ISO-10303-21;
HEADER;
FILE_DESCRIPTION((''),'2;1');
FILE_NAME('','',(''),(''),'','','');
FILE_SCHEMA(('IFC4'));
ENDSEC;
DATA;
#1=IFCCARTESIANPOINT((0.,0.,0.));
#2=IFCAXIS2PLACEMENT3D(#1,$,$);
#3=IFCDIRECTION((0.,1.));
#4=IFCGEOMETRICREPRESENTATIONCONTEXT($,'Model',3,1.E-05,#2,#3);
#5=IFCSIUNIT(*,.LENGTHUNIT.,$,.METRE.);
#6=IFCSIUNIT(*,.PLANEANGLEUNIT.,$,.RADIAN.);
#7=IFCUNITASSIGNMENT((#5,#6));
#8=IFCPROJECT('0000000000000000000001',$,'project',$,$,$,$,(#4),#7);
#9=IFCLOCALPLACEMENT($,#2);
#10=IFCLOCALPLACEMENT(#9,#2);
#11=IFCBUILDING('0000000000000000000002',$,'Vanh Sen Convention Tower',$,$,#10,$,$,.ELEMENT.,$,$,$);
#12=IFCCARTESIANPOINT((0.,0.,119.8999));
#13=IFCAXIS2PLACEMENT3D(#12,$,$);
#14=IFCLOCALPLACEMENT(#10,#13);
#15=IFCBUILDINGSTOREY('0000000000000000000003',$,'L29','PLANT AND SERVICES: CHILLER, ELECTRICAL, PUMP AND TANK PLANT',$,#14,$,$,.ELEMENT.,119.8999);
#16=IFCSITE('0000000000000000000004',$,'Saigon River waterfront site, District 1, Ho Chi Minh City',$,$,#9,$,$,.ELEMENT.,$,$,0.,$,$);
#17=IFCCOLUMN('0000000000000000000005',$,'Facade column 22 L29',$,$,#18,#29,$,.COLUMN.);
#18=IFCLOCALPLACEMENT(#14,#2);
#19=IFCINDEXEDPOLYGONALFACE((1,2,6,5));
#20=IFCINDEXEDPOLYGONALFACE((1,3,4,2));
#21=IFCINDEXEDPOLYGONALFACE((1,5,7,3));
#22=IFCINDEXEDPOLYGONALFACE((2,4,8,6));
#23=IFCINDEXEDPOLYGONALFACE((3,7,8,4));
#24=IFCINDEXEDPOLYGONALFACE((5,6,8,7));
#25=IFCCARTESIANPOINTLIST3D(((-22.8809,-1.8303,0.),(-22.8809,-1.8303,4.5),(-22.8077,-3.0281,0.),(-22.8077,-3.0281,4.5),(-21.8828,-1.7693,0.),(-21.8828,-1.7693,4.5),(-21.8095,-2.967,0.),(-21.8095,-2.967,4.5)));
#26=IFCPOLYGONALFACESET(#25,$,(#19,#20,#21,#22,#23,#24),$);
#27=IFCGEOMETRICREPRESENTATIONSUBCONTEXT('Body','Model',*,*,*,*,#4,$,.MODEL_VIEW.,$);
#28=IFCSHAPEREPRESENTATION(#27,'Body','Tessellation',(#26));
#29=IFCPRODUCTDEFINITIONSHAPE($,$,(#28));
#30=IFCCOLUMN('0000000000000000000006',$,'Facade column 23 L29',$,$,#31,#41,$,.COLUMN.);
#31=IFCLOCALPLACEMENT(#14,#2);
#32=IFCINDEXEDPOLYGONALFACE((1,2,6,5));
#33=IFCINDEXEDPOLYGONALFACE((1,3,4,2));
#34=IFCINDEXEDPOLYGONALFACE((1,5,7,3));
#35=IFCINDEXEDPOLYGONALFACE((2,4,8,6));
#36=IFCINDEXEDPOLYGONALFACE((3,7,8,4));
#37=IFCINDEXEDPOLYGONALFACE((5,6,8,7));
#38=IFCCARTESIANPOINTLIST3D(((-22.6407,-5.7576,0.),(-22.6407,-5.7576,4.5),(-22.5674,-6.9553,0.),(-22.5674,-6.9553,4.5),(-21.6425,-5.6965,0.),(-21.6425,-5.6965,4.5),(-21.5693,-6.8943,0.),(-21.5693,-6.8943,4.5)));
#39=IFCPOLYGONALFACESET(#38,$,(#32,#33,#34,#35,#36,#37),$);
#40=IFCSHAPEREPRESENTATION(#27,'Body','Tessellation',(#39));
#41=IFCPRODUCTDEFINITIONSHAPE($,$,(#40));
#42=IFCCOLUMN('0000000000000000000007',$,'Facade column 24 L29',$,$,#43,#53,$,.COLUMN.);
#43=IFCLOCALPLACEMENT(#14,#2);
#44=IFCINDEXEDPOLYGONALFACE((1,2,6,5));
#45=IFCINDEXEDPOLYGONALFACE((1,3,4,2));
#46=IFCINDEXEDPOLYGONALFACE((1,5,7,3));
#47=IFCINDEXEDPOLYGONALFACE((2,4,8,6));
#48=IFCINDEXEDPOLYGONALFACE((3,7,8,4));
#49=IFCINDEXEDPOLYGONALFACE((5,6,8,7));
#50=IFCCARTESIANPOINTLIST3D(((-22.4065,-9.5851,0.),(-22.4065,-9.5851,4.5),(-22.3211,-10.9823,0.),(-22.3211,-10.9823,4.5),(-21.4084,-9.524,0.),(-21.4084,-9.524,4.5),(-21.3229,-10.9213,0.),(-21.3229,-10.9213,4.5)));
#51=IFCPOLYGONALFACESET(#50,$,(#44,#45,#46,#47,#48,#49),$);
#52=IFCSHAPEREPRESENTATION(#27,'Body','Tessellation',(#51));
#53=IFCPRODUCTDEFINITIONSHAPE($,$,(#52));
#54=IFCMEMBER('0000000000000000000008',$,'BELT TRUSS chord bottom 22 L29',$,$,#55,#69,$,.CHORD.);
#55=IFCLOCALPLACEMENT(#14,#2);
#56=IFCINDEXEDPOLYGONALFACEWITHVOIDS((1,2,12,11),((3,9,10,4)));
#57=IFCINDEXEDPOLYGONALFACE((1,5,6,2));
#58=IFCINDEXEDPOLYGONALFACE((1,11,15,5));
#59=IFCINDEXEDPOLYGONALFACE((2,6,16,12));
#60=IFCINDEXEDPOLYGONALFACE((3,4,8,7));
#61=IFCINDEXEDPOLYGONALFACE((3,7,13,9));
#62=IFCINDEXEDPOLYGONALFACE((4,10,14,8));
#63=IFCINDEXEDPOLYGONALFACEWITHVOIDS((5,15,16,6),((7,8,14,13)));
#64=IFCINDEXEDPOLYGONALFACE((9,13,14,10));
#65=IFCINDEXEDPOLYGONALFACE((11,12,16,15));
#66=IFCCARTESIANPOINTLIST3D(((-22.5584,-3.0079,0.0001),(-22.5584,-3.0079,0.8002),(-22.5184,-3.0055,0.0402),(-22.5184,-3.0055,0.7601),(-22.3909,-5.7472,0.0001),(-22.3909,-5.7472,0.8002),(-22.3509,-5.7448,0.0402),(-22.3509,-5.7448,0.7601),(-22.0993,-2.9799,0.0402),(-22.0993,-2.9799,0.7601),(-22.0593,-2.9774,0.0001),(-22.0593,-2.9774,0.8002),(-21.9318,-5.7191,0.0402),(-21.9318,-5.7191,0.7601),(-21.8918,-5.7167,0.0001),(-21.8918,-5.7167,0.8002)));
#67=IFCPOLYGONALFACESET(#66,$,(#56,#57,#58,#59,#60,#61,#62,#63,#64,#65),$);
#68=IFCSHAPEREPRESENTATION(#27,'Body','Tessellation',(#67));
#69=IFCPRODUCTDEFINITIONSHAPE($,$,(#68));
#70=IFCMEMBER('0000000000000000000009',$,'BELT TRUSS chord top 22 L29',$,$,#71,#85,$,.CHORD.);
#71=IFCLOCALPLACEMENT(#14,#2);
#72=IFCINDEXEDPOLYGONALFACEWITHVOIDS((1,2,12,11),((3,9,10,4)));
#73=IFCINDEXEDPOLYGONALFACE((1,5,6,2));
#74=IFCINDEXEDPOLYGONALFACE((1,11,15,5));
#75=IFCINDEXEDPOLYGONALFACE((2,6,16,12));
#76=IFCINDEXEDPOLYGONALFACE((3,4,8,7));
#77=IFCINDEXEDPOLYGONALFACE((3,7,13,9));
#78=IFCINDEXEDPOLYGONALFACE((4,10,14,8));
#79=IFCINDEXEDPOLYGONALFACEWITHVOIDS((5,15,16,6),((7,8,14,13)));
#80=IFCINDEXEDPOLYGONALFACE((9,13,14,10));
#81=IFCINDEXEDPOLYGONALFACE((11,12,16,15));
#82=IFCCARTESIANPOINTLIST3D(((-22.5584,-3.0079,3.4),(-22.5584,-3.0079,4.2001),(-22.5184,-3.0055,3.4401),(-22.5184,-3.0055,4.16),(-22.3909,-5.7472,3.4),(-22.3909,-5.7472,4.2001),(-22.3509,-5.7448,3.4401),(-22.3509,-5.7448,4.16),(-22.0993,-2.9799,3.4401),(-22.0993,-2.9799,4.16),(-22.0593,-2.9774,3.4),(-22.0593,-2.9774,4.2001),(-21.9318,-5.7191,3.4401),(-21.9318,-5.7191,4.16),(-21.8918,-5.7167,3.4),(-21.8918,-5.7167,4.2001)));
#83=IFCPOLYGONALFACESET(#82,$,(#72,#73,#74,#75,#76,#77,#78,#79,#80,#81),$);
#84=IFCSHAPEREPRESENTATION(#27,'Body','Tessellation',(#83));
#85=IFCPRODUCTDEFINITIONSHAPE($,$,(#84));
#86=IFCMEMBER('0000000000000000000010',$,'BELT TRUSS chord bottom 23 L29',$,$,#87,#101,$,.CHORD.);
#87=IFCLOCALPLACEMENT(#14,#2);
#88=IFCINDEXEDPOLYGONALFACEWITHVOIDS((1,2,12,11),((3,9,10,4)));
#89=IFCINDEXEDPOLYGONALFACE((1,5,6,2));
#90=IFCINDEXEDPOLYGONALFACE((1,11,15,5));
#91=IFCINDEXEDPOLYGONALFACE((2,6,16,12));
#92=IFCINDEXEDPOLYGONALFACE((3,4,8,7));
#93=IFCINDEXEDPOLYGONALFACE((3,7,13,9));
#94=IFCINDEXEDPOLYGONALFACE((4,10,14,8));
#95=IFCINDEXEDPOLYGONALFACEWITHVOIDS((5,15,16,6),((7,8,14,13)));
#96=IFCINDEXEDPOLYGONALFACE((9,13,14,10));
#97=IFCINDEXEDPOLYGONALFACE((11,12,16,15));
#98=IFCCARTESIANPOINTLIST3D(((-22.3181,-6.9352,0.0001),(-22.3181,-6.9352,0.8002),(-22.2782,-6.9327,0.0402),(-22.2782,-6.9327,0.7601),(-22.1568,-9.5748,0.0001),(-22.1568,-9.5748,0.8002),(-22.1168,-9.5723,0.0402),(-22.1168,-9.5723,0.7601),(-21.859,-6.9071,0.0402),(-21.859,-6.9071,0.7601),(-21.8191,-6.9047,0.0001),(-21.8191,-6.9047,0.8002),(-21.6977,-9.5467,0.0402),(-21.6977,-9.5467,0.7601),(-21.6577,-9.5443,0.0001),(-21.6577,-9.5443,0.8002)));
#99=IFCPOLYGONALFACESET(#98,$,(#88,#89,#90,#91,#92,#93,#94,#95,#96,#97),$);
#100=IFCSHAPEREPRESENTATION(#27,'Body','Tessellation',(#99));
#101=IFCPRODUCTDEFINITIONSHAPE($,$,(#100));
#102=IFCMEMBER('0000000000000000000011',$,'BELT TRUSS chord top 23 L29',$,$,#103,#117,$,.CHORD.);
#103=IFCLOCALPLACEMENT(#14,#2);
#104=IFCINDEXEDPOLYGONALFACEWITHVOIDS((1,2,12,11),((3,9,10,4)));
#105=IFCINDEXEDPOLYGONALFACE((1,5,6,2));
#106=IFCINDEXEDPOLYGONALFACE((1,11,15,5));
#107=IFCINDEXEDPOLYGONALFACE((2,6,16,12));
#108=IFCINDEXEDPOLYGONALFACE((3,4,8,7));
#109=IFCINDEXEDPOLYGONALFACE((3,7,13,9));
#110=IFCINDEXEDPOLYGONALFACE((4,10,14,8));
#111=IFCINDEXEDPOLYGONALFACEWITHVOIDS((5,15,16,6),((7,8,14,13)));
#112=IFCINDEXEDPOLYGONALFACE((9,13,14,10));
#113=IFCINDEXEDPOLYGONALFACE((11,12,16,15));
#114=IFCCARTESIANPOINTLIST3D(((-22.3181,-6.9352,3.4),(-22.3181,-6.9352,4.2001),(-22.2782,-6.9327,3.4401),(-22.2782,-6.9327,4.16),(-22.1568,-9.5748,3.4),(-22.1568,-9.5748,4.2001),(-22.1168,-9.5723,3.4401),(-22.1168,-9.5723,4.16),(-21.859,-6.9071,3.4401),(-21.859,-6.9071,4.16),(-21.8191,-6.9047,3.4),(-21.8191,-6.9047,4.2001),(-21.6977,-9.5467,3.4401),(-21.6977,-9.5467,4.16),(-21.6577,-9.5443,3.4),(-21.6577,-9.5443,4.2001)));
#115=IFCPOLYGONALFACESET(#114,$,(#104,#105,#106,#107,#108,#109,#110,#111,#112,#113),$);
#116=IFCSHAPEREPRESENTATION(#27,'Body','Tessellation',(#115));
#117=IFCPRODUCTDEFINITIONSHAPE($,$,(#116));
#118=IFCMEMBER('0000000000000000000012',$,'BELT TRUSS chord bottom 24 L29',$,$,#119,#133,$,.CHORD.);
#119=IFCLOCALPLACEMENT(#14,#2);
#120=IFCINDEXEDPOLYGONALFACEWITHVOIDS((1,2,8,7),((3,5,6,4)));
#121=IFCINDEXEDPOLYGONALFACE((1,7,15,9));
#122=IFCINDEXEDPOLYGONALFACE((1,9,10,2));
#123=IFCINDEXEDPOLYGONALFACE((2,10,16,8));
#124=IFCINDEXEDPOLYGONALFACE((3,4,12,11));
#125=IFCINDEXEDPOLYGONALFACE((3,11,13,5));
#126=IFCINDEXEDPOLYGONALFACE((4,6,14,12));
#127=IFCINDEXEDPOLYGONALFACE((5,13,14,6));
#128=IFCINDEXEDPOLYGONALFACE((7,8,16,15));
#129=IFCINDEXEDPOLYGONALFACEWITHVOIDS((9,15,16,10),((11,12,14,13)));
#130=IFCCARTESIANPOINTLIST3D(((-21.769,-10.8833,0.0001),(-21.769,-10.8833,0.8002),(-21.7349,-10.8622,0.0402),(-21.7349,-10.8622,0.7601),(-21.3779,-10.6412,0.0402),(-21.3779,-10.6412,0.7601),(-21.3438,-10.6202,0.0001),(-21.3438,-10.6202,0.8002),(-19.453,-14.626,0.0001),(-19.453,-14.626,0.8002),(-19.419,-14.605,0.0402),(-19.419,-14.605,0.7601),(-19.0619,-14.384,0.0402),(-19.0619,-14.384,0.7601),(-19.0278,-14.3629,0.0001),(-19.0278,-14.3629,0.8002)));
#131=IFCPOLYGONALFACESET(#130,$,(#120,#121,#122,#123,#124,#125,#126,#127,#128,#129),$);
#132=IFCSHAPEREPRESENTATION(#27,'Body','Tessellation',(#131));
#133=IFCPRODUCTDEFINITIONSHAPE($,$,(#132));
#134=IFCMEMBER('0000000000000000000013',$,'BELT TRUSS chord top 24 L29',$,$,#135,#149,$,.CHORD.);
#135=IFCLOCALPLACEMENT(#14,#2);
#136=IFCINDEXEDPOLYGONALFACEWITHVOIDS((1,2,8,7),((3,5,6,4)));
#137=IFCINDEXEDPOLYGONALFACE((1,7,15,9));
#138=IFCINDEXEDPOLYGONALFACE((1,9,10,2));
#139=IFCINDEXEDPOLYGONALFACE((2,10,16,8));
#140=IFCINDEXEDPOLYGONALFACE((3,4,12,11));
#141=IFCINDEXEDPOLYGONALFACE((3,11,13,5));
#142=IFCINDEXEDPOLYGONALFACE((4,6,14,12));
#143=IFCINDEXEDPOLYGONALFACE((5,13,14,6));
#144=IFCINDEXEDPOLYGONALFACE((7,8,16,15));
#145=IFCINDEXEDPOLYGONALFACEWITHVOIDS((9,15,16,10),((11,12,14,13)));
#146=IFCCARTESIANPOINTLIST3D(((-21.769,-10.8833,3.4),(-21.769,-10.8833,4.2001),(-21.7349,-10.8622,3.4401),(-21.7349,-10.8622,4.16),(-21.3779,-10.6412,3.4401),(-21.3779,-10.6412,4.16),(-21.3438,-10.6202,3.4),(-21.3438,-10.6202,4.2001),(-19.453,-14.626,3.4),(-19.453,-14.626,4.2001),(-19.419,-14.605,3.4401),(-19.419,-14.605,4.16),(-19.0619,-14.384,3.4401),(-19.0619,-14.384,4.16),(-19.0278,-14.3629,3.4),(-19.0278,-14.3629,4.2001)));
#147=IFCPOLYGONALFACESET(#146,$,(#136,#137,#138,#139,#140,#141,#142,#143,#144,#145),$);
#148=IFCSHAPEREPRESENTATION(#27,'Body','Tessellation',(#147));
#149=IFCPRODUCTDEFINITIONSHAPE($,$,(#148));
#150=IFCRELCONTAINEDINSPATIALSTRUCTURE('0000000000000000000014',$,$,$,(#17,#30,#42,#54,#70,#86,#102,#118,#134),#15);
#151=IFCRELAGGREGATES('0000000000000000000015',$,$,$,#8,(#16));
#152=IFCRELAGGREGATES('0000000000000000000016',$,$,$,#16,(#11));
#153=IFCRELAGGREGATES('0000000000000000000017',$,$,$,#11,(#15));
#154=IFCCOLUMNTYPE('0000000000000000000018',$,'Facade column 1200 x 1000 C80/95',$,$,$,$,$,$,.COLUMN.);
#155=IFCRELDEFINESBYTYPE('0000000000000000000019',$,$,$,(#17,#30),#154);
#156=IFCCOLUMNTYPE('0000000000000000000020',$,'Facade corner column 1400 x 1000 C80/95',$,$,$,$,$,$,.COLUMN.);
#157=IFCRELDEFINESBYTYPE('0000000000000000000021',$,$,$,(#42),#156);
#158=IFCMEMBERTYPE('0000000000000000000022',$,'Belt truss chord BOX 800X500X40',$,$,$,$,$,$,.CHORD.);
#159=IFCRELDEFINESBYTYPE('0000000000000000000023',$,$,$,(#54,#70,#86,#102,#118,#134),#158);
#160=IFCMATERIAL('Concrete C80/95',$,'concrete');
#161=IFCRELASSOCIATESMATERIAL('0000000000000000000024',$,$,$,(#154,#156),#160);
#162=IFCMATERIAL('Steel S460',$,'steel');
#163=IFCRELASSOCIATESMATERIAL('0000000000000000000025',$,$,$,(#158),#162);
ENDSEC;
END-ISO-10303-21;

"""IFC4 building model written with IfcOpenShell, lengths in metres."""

from ifc_helpers import new_model, si_unit, direction, frame, origin, origin_2d, place, context, subcontext, project, spatial, rectangle, hollow_rectangle, extrude, material, material_profile, profile_set, type_object, element, save


model = new_model("IFC4")

# Units and contexts
model_context = context("Model", 3, precision=1e-05, world=origin(), true_north=direction((0.0, 1.0)))
body_context = subcontext(model_context, "Body", "Model", "MODEL_VIEW")
ifc_project = project(units=[si_unit("LENGTHUNIT", "METRE"), si_unit("PLANEANGLEUNIT", "RADIAN")], contexts=[model_context])

# Site, building, storey
site_placement = place(None, origin())
site = spatial("IfcSite", under=ifc_project, at=site_placement, Name="Saigon River waterfront site, District 1, Ho Chi Minh City", CompositionType="ELEMENT", RefElevation=0.0)
building_placement = place(site_placement, origin())
building = spatial("IfcBuilding", under=site, at=building_placement, Name="Vanh Sen Convention Tower", CompositionType="ELEMENT")
storey_placement = place(building_placement, frame((0.0, 0.0, 119.8999)))
storey = spatial("IfcBuildingStorey", under=building, at=storey_placement, Name="L29", Description="PLANT AND SERVICES: CHILLER, ELECTRICAL, PUMP AND TANK PLANT", CompositionType="ELEMENT", Elevation=119.8999)

# Columns
ifc_material_1 = material(Name="Concrete C80/95", Category="concrete")
ifc_material_profile_1 = material_profile(ifc_material_1, rectangle(XDim=1.2, YDim=1.0, at=origin_2d()), Name="RC 1200X1000")
ifc_profile_set_1 = profile_set([ifc_material_profile_1], Name="Concrete C80/95")
column_type_1 = type_object("IfcColumnType", Name="Facade column 1200 x 1000 C80/95", PredefinedType="COLUMN", material=ifc_profile_set_1)
for number, where, z_axis, x_axis, name in (
    (1, (-22.3452, -2.3987, 0.0), (0.0, 0.0, 1.0), (0.061049, -0.998135, 0.0), "Facade column 22 L29"),
    (2, (-22.105, -6.3259, 0.0), (0.0, 0.0, 1.0), (0.061049, -0.998135, 0.0), "Facade column 23 L29"),
):
    element("IfcColumn", number, at=place(storey_placement, frame(where, z_axis=z_axis, x_axis=x_axis)), inside=storey, type_object=column_type_1, Name=name, PredefinedType="COLUMN", context=body_context, shape_type="SweptSolid", body=[
        extrude(rectangle(XDim=1.2, YDim=1.0, at=origin_2d()), origin(), (0.0, 0.0, 1.0), 4.5),
    ])
ifc_material_profile_2 = material_profile(ifc_material_1, rectangle(XDim=1.3999, YDim=1.0, at=origin_2d()), Name="RC 1400X1000")
ifc_profile_set_2 = profile_set([ifc_material_profile_2], Name="Concrete C80/95")
column_type_2 = type_object("IfcColumnType", Name="Facade corner column 1400 x 1000 C80/95", PredefinedType="COLUMN", material=ifc_profile_set_2)
column_placement = place(storey_placement, frame((-21.8647, -10.2532, 0.0), z_axis=(0.0, 0.0, 1.0), x_axis=(0.061049, -0.998135, 0.0)))
element("IfcColumn", 3, at=column_placement, inside=storey, type_object=column_type_2, Name="Facade column 24 L29", PredefinedType="COLUMN", context=body_context, shape_type="SweptSolid", body=[
    extrude(rectangle(XDim=1.3999, YDim=1.0, at=origin_2d()), origin(), (0.0, 0.0, 1.0), 4.5),
])

# Members
ifc_material_2 = material(Name="Steel S460", Category="steel")
ifc_material_profile_3 = material_profile(ifc_material_2, hollow_rectangle(XDim=0.5, YDim=0.8, WallThickness=0.04, at=origin_2d()), Name="BOX 800X500X40")
ifc_profile_set_3 = profile_set([ifc_material_profile_3], Name="Steel S460")
member_type_1 = type_object("IfcMemberType", Name="Belt truss chord BOX 800X500X40", PredefinedType="CHORD", material=ifc_profile_set_3)
for number, where, z_axis, x_axis, name in (
    (4, (-22.3088, -2.9927, 0.4001), (0.061027, -0.998136, 0.0), (0.998136, 0.061027, 0.0), "BELT TRUSS chord bottom 22 L29"),
    (5, (-22.3088, -2.9927, 3.8), (0.061027, -0.998136, 0.0), (0.998136, 0.061027, 0.0), "BELT TRUSS chord top 22 L29"),
):
    element("IfcMember", number, at=place(storey_placement, frame(where, z_axis=z_axis, x_axis=x_axis)), inside=storey, type_object=member_type_1, Name=name, PredefinedType="CHORD", context=body_context, shape_type="SweptSolid", body=[
        extrude(hollow_rectangle(XDim=0.5, YDim=0.8, WallThickness=0.04, at=origin_2d()), origin(), (0.0, 0.0, 1.0), 2.7444),
    ])
for number, where, z_axis, x_axis, name in (
    (6, (-22.0686, -6.9199, 0.4001), (0.061022, -0.998136, 0.0), (0.998136, 0.061022, 0.0), "BELT TRUSS chord bottom 23 L29"),
    (7, (-22.0686, -6.9199, 3.8), (0.061022, -0.998136, 0.0), (0.998136, 0.061022, 0.0), "BELT TRUSS chord top 23 L29"),
):
    element("IfcMember", number, at=place(storey_placement, frame(where, z_axis=z_axis, x_axis=x_axis)), inside=storey, type_object=member_type_1, Name=name, PredefinedType="CHORD", context=body_context, shape_type="SweptSolid", body=[
        extrude(hollow_rectangle(XDim=0.5, YDim=0.8, WallThickness=0.04, at=origin_2d()), origin(), (0.0, 0.0, 1.0), 2.6445),
    ])
for number, where, z_axis, x_axis, name in (
    (8, (-21.5564, -10.7517, 0.4001), (0.526194, -0.850364, 0.0), (0.850364, 0.526194, 0.0), "BELT TRUSS chord bottom 24 L29"),
    (9, (-21.5564, -10.7517, 3.8), (0.526194, -0.850364, 0.0), (0.850364, 0.526194, 0.0), "BELT TRUSS chord top 24 L29"),
):
    element("IfcMember", number, at=place(storey_placement, frame(where, z_axis=z_axis, x_axis=x_axis)), inside=storey, type_object=member_type_1, Name=name, PredefinedType="CHORD", context=body_context, shape_type="SweptSolid", body=[
        extrude(hollow_rectangle(XDim=0.5, YDim=0.8, WallThickness=0.04, at=origin_2d()), origin(), (0.0, 0.0, 1.0), 4.4014),
    ])

save(model, "model.ifc")
